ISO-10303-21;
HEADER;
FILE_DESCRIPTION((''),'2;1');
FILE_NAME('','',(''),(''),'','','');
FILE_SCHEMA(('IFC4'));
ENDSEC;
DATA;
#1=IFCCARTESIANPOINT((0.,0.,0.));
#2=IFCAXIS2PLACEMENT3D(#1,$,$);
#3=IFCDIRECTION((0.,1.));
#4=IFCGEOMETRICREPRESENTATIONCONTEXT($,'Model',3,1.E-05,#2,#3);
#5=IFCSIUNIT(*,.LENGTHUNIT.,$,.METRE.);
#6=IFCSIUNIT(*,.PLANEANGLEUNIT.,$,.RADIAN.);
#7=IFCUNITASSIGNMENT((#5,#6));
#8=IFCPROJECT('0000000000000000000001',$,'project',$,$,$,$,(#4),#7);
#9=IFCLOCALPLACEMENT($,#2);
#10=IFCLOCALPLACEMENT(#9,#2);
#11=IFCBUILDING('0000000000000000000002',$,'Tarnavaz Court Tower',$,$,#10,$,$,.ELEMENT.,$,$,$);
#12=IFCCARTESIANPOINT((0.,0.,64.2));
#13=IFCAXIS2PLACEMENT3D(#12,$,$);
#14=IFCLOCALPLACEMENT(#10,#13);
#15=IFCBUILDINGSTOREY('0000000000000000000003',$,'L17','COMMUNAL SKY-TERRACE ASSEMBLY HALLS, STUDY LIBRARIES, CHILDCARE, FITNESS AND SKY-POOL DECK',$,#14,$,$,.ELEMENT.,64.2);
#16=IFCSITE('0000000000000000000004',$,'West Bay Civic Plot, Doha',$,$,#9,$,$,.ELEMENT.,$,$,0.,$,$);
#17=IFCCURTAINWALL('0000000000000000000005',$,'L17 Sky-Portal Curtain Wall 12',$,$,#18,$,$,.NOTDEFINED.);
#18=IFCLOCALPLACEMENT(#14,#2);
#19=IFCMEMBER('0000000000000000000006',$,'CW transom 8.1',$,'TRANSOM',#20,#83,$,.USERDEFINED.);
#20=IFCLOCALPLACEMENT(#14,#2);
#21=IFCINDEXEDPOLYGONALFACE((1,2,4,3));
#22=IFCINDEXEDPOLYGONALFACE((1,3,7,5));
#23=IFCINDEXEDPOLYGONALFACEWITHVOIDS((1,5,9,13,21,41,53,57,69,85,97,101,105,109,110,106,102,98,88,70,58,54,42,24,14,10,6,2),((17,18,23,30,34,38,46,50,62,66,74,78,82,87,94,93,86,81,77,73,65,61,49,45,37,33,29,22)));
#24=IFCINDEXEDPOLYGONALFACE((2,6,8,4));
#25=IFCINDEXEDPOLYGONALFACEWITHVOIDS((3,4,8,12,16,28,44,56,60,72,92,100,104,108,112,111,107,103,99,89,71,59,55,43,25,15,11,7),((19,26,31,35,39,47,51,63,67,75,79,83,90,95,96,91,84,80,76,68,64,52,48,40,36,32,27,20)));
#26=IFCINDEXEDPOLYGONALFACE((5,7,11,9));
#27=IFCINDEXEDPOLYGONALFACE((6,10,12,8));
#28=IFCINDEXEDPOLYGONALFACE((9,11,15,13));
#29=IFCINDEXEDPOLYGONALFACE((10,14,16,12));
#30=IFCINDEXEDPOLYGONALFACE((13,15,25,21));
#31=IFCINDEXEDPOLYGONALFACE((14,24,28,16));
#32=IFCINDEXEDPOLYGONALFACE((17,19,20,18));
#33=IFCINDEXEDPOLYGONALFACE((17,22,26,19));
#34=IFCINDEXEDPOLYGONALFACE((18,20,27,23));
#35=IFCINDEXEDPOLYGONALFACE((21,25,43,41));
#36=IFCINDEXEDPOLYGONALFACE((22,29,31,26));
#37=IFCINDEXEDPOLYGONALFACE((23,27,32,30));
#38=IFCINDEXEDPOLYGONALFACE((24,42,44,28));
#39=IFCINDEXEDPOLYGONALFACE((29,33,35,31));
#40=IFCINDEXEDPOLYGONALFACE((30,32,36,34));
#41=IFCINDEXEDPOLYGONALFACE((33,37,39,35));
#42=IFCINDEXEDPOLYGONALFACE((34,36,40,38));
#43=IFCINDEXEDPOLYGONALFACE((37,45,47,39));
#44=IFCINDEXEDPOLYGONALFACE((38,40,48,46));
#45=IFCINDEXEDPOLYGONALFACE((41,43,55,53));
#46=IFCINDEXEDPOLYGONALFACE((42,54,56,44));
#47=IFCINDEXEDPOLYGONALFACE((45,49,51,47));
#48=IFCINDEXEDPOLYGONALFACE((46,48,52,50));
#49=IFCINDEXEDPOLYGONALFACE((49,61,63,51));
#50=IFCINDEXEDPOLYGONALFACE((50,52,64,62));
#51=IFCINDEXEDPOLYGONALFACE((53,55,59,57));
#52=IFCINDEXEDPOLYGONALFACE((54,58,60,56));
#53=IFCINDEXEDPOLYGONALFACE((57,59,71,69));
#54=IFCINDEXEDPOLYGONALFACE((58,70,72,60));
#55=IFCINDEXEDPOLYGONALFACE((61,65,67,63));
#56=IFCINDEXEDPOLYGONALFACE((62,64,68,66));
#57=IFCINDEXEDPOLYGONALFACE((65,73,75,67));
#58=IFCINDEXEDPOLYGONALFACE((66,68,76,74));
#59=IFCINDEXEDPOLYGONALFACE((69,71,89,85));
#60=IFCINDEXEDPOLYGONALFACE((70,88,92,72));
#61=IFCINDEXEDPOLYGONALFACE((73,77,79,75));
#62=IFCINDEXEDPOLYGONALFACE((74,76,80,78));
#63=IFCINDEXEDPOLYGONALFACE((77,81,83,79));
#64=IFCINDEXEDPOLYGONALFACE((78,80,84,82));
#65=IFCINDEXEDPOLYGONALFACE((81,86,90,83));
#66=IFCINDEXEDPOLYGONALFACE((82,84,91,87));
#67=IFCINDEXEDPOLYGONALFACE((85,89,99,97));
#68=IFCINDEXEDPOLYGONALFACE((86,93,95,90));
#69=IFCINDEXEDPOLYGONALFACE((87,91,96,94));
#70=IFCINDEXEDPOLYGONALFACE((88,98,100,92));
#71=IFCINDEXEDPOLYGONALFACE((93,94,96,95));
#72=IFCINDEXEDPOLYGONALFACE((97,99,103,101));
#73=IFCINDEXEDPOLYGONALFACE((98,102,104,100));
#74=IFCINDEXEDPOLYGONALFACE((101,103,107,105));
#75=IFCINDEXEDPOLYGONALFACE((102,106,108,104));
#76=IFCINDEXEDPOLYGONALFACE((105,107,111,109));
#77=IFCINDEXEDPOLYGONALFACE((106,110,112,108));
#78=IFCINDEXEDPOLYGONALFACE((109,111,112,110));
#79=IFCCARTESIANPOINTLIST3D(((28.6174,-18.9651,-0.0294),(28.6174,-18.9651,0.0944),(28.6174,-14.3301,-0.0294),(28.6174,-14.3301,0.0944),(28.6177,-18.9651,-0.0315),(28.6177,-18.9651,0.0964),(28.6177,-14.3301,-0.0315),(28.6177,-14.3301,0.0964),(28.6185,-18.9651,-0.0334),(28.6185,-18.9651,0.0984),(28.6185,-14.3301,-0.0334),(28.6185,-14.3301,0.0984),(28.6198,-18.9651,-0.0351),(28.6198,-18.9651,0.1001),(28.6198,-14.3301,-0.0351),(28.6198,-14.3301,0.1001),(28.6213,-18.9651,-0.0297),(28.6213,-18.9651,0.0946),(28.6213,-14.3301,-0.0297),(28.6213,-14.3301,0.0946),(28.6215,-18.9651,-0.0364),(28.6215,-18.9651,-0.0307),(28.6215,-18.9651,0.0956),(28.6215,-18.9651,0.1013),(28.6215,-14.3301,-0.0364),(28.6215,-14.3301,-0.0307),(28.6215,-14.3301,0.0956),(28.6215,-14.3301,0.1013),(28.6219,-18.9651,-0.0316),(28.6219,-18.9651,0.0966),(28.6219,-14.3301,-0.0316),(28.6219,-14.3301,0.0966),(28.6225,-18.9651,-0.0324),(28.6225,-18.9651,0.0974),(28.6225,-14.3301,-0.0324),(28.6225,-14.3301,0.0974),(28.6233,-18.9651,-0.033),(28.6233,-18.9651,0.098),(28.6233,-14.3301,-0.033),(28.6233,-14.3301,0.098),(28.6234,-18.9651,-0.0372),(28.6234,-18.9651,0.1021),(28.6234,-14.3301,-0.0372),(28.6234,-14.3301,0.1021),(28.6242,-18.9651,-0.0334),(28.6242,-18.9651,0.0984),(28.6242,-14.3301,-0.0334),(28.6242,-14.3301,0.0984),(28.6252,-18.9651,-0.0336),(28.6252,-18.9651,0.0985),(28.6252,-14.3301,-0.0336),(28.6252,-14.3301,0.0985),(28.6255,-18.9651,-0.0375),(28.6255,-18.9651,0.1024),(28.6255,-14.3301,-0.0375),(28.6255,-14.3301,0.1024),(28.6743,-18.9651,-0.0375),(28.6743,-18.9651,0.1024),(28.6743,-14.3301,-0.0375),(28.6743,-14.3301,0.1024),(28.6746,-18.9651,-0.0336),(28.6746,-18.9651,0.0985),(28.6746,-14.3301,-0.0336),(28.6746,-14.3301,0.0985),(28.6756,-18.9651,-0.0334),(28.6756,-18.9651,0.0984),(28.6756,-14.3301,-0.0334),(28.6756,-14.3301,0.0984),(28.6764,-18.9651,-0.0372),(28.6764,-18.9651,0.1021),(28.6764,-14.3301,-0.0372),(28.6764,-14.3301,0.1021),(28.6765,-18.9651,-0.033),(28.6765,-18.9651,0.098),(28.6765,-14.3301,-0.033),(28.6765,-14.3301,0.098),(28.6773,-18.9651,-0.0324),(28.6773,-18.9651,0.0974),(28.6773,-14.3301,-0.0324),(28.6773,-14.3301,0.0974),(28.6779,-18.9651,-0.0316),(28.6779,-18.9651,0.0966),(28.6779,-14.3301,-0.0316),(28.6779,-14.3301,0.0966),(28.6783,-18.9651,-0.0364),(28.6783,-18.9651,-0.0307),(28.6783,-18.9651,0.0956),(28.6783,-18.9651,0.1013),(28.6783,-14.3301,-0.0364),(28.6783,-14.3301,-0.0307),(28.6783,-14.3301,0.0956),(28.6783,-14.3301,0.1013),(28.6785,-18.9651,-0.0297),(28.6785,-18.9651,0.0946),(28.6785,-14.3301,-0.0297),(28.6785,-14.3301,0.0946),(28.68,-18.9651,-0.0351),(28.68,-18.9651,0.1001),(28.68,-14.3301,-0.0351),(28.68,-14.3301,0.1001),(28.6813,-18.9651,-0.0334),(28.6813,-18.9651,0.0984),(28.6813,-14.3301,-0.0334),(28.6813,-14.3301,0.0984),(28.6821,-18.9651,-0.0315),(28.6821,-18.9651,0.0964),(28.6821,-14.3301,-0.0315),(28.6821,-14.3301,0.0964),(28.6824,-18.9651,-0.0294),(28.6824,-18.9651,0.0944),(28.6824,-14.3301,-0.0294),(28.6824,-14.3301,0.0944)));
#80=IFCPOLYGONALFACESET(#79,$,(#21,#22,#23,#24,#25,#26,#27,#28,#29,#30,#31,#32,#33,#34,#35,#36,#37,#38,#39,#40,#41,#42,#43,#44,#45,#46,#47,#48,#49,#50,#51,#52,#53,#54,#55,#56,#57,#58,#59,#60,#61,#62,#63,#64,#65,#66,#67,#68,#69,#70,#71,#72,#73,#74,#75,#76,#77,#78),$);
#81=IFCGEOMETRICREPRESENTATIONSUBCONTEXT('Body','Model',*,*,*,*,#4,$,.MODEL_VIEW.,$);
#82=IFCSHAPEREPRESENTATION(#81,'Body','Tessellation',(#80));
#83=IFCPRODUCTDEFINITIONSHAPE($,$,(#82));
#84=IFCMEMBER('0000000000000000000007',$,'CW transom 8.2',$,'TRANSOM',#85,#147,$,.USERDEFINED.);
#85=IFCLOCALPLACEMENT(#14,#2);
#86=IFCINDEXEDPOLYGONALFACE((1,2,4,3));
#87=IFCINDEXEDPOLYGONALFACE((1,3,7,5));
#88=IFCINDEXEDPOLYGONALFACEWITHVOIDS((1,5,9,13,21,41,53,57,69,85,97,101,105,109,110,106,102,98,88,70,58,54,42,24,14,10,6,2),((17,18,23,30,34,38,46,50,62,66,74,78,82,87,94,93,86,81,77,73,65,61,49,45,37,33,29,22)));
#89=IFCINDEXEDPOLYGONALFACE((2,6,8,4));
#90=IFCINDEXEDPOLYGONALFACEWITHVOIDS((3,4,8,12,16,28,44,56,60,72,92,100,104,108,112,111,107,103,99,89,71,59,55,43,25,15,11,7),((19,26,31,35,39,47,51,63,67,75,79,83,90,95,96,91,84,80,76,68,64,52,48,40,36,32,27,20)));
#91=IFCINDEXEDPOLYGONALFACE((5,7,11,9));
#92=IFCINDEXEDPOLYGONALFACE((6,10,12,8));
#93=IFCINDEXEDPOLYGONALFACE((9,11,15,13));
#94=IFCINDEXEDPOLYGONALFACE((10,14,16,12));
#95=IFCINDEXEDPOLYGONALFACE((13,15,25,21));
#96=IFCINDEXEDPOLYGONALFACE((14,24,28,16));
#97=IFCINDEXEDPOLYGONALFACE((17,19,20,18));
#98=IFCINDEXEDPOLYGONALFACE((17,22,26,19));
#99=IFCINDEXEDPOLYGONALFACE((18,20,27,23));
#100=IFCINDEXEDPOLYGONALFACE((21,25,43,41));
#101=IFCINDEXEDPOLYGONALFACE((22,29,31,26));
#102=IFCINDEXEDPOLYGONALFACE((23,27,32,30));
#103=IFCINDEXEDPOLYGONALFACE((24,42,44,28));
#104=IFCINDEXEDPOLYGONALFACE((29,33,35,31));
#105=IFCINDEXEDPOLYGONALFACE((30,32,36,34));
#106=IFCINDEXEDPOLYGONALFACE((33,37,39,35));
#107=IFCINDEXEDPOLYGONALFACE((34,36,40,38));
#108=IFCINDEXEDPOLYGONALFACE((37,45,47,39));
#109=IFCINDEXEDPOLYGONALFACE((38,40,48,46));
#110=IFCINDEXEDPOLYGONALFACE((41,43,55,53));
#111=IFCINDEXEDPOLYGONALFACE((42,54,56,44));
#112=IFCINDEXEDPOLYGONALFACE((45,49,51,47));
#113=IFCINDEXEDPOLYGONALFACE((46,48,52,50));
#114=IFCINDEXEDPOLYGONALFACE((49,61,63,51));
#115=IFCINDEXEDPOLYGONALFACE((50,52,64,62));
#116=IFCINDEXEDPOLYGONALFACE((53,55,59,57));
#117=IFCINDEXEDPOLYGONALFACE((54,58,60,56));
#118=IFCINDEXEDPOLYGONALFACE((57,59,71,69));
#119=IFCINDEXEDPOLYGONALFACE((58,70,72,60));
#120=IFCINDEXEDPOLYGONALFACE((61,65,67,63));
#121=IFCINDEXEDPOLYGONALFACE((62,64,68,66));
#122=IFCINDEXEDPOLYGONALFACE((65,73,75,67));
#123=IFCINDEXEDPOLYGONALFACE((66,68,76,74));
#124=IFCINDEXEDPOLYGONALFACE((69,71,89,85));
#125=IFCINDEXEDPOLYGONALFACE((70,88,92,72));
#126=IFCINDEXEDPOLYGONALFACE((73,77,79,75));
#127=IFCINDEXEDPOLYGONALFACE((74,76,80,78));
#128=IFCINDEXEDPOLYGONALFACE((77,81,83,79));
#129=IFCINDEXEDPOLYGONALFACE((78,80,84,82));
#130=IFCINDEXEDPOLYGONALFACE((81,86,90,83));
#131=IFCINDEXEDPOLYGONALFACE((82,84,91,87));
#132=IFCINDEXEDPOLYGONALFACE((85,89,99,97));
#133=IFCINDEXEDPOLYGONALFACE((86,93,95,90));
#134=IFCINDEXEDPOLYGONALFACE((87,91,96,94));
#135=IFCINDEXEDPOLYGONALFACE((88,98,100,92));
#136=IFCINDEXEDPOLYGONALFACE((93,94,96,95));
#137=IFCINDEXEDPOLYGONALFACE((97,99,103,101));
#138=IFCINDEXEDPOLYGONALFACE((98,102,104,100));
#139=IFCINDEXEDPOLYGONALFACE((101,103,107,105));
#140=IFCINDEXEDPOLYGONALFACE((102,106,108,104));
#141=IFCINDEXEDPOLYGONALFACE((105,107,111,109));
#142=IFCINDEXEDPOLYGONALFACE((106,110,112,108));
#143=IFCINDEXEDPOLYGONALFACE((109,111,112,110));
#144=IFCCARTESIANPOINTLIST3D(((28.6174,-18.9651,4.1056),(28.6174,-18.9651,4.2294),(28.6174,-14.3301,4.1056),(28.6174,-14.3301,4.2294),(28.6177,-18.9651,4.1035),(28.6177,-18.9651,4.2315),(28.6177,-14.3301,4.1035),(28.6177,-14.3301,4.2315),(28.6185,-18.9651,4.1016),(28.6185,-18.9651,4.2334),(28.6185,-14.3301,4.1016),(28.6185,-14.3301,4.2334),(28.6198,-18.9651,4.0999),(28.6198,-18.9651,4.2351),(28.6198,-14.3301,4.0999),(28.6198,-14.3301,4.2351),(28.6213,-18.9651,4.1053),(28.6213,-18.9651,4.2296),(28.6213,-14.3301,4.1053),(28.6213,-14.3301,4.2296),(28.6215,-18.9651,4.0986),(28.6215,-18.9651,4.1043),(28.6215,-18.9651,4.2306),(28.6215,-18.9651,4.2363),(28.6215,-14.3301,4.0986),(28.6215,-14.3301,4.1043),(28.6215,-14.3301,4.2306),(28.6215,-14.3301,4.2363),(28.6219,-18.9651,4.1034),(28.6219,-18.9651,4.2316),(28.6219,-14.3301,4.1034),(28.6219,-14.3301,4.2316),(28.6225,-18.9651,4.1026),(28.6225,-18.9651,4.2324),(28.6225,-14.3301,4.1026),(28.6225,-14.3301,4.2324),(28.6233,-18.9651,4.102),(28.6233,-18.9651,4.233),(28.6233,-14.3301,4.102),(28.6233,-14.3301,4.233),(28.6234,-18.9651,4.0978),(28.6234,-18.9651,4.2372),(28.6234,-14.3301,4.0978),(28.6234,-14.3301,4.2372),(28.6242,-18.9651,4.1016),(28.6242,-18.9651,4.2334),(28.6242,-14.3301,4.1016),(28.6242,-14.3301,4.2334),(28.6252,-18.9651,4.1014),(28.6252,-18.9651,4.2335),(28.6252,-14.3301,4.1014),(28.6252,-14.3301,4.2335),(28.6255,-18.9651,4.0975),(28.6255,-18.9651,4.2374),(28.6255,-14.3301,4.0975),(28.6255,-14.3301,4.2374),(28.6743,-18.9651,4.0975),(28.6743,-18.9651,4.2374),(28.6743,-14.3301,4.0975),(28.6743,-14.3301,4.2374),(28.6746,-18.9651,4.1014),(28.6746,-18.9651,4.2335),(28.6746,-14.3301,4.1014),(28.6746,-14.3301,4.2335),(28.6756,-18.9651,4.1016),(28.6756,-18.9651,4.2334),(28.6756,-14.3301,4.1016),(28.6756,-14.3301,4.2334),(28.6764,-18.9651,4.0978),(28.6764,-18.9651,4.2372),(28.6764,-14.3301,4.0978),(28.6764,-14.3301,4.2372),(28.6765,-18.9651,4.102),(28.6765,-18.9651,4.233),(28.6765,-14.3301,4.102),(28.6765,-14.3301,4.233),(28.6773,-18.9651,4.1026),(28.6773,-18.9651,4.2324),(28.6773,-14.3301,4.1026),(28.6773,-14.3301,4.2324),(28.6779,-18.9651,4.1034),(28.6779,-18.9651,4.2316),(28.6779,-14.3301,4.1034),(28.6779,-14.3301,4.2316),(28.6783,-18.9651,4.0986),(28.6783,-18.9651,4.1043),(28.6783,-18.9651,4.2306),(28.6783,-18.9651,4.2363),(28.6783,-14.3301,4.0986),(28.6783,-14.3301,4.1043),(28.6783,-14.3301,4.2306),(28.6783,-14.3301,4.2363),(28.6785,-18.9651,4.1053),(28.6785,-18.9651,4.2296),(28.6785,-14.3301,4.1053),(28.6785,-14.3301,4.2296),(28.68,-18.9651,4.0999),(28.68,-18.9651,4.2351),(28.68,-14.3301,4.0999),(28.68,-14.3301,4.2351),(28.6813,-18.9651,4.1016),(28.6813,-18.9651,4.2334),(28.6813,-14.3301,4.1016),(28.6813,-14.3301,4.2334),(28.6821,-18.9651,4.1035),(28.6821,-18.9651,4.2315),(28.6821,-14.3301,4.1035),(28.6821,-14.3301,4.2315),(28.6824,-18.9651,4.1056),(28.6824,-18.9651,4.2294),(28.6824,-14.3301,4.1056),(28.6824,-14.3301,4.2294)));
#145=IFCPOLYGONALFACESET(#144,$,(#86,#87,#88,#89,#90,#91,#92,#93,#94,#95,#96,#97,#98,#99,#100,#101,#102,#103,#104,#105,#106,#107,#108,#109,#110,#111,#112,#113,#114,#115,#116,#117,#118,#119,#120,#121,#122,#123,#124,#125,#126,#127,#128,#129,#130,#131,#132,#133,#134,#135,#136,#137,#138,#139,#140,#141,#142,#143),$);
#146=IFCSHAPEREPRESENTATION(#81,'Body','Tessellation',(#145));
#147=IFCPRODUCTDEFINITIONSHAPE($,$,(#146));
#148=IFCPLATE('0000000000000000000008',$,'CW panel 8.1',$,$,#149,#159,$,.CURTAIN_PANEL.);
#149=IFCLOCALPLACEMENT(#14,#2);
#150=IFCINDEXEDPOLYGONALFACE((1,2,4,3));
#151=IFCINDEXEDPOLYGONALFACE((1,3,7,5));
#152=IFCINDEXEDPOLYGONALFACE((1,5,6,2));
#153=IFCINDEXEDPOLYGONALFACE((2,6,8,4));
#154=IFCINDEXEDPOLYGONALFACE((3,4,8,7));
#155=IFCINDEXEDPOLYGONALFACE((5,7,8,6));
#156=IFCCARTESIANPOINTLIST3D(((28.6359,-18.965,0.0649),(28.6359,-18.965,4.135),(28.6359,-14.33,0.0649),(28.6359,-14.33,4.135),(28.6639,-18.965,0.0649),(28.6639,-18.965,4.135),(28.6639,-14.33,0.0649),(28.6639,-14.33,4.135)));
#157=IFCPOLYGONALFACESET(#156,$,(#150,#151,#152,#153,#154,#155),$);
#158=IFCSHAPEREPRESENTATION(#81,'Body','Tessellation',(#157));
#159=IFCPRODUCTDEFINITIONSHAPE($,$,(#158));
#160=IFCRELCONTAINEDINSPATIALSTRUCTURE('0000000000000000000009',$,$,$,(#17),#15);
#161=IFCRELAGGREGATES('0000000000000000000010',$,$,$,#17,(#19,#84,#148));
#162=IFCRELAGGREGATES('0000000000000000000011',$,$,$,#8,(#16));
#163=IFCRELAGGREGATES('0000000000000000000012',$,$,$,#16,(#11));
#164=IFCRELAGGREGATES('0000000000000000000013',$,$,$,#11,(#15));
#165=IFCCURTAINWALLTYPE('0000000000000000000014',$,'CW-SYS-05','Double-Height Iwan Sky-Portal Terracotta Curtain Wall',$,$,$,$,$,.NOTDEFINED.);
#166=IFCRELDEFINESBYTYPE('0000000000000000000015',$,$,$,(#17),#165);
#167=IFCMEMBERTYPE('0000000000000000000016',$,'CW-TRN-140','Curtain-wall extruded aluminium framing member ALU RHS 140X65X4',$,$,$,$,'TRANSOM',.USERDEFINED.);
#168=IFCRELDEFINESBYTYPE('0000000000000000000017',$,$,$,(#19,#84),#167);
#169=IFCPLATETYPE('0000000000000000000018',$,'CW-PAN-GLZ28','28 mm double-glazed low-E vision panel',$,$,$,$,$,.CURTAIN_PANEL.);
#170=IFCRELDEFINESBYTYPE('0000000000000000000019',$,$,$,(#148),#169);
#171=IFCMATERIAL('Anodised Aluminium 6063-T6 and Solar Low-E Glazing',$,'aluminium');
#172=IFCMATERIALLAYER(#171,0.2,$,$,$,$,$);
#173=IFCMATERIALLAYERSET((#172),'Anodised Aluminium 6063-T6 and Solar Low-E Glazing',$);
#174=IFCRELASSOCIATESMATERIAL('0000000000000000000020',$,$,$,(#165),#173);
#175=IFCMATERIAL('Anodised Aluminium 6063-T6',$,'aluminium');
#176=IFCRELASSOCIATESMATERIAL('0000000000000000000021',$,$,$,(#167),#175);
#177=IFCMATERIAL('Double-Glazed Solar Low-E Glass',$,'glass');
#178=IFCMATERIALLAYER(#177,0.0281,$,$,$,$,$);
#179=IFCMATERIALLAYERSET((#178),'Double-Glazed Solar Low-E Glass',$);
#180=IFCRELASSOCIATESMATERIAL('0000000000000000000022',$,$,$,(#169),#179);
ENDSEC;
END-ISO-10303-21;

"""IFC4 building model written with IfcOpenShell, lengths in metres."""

from ifc_helpers import new_model, si_unit, direction, frame, origin, origin_2d, place, context, subcontext, project, spatial, rectangle, hollow_rectangle, extrude, material, layer, layer_set, material_profile, profile_set, type_object, element, aggregate, save


model = new_model("IFC4")

# Units and contexts
model_context = context("Model", 3, precision=1e-05, world=origin(), true_north=direction((0.0, 1.0)))
body_context = subcontext(model_context, "Body", "Model", "MODEL_VIEW")
ifc_project = project(units=[si_unit("LENGTHUNIT", "METRE"), si_unit("PLANEANGLEUNIT", "RADIAN")], contexts=[model_context])

# Site, building, storey
site_placement = place(None, origin())
site = spatial("IfcSite", under=ifc_project, at=site_placement, Name="West Bay Civic Plot, Doha", CompositionType="ELEMENT", RefElevation=0.0)
building_placement = place(site_placement, origin())
building = spatial("IfcBuilding", under=site, at=building_placement, Name="Tarnavaz Court Tower", CompositionType="ELEMENT")
storey_placement = place(building_placement, frame((0.0, 0.0, 64.2)))
storey = spatial("IfcBuildingStorey", under=building, at=storey_placement, Name="L17", Description="COMMUNAL SKY-TERRACE ASSEMBLY HALLS, STUDY LIBRARIES, CHILDCARE, FITNESS AND SKY-POOL DECK", CompositionType="ELEMENT", Elevation=64.2)

# Curtain wall, members, plate
ifc_material_1 = material(Name="Anodised Aluminium 6063-T6 and Solar Low-E Glazing", Category="aluminium")
ifc_layer_1 = layer(ifc_material_1, 0.2)
ifc_layer_set_1 = layer_set([ifc_layer_1], Name="Anodised Aluminium 6063-T6 and Solar Low-E Glazing")
curtain_wall_type = type_object("IfcCurtainWallType", Name="CW-SYS-05", Description="Double-Height Iwan Sky-Portal Terracotta Curtain Wall", PredefinedType="NOTDEFINED", material=ifc_layer_set_1)
curtain_wall_placement = place(storey_placement, origin())
curtain_wall = element("IfcCurtainWall", 1, at=curtain_wall_placement, inside=storey, type_object=curtain_wall_type, Name="L17 Sky-Portal Curtain Wall 12", PredefinedType="NOTDEFINED")
ifc_material_2 = material(Name="Anodised Aluminium 6063-T6", Category="aluminium")
ifc_material_profile_1 = material_profile(ifc_material_2, hollow_rectangle(XDim=0.0649, YDim=0.1399, WallThickness=0.0039, InnerFilletRadius=0.0039, OuterFilletRadius=0.0081, at=origin_2d()), Name="ALU RHS 140X65X4")
ifc_profile_set_1 = profile_set([ifc_material_profile_1], Name="Anodised Aluminium 6063-T6")
member_type_1 = type_object("IfcMemberType", Name="CW-TRN-140", Description="Curtain-wall extruded aluminium framing member ALU RHS 140X65X4", ElementType="TRANSOM", PredefinedType="USERDEFINED", material=ifc_profile_set_1)
member_1_placement = place(storey_placement, frame((28.6499, -14.3301, 0.0325), z_axis=(0.0, -1.0, 0.0), x_axis=(1.0, 0.0, 0.0)))
member_1 = element("IfcMember", 2, at=member_1_placement, type_object=member_type_1, Name="CW transom 8.1", ObjectType="TRANSOM", PredefinedType="USERDEFINED", context=body_context, shape_type="SweptSolid", body=[
    extrude(hollow_rectangle(XDim=0.0649, YDim=0.1399, WallThickness=0.0039, InnerFilletRadius=0.0039, OuterFilletRadius=0.0081, at=origin_2d()), origin(), (0.0, 0.0, 1.0), 4.635),
])
member_2_placement = place(storey_placement, frame((28.6499, -14.3301, 4.1675), z_axis=(0.0, -1.0, 0.0), x_axis=(1.0, 0.0, 0.0)))
member_2 = element("IfcMember", 3, at=member_2_placement, type_object=member_type_1, Name="CW transom 8.2", ObjectType="TRANSOM", PredefinedType="USERDEFINED", context=body_context, shape_type="SweptSolid", body=[
    extrude(hollow_rectangle(XDim=0.0649, YDim=0.1399, WallThickness=0.0039, InnerFilletRadius=0.0039, OuterFilletRadius=0.0081, at=origin_2d()), origin(), (0.0, 0.0, 1.0), 4.635),
])
ifc_material_3 = material(Name="Double-Glazed Solar Low-E Glass", Category="glass")
ifc_layer_2 = layer(ifc_material_3, 0.0281)
ifc_layer_set_2 = layer_set([ifc_layer_2], Name="Double-Glazed Solar Low-E Glass")
plate_type = type_object("IfcPlateType", Name="CW-PAN-GLZ28", Description="28 mm double-glazed low-E vision panel", PredefinedType="CURTAIN_PANEL", material=ifc_layer_set_2)
plate_placement = place(storey_placement, frame((28.6499, -16.6475, 0.0649), z_axis=(0.0, 0.0, 1.0), x_axis=(0.0, -1.0, 0.0)))
plate = element("IfcPlate", 4, at=plate_placement, type_object=plate_type, Name="CW panel 8.1", PredefinedType="CURTAIN_PANEL", context=body_context, shape_type="SweptSolid", body=[
    extrude(rectangle(XDim=4.635, YDim=0.0281, at=origin_2d()), origin(), (0.0, 0.0, 1.0), 4.0701),
])
aggregate(curtain_wall, [member_1, member_2, plate])

save(model, "model.ifc")
